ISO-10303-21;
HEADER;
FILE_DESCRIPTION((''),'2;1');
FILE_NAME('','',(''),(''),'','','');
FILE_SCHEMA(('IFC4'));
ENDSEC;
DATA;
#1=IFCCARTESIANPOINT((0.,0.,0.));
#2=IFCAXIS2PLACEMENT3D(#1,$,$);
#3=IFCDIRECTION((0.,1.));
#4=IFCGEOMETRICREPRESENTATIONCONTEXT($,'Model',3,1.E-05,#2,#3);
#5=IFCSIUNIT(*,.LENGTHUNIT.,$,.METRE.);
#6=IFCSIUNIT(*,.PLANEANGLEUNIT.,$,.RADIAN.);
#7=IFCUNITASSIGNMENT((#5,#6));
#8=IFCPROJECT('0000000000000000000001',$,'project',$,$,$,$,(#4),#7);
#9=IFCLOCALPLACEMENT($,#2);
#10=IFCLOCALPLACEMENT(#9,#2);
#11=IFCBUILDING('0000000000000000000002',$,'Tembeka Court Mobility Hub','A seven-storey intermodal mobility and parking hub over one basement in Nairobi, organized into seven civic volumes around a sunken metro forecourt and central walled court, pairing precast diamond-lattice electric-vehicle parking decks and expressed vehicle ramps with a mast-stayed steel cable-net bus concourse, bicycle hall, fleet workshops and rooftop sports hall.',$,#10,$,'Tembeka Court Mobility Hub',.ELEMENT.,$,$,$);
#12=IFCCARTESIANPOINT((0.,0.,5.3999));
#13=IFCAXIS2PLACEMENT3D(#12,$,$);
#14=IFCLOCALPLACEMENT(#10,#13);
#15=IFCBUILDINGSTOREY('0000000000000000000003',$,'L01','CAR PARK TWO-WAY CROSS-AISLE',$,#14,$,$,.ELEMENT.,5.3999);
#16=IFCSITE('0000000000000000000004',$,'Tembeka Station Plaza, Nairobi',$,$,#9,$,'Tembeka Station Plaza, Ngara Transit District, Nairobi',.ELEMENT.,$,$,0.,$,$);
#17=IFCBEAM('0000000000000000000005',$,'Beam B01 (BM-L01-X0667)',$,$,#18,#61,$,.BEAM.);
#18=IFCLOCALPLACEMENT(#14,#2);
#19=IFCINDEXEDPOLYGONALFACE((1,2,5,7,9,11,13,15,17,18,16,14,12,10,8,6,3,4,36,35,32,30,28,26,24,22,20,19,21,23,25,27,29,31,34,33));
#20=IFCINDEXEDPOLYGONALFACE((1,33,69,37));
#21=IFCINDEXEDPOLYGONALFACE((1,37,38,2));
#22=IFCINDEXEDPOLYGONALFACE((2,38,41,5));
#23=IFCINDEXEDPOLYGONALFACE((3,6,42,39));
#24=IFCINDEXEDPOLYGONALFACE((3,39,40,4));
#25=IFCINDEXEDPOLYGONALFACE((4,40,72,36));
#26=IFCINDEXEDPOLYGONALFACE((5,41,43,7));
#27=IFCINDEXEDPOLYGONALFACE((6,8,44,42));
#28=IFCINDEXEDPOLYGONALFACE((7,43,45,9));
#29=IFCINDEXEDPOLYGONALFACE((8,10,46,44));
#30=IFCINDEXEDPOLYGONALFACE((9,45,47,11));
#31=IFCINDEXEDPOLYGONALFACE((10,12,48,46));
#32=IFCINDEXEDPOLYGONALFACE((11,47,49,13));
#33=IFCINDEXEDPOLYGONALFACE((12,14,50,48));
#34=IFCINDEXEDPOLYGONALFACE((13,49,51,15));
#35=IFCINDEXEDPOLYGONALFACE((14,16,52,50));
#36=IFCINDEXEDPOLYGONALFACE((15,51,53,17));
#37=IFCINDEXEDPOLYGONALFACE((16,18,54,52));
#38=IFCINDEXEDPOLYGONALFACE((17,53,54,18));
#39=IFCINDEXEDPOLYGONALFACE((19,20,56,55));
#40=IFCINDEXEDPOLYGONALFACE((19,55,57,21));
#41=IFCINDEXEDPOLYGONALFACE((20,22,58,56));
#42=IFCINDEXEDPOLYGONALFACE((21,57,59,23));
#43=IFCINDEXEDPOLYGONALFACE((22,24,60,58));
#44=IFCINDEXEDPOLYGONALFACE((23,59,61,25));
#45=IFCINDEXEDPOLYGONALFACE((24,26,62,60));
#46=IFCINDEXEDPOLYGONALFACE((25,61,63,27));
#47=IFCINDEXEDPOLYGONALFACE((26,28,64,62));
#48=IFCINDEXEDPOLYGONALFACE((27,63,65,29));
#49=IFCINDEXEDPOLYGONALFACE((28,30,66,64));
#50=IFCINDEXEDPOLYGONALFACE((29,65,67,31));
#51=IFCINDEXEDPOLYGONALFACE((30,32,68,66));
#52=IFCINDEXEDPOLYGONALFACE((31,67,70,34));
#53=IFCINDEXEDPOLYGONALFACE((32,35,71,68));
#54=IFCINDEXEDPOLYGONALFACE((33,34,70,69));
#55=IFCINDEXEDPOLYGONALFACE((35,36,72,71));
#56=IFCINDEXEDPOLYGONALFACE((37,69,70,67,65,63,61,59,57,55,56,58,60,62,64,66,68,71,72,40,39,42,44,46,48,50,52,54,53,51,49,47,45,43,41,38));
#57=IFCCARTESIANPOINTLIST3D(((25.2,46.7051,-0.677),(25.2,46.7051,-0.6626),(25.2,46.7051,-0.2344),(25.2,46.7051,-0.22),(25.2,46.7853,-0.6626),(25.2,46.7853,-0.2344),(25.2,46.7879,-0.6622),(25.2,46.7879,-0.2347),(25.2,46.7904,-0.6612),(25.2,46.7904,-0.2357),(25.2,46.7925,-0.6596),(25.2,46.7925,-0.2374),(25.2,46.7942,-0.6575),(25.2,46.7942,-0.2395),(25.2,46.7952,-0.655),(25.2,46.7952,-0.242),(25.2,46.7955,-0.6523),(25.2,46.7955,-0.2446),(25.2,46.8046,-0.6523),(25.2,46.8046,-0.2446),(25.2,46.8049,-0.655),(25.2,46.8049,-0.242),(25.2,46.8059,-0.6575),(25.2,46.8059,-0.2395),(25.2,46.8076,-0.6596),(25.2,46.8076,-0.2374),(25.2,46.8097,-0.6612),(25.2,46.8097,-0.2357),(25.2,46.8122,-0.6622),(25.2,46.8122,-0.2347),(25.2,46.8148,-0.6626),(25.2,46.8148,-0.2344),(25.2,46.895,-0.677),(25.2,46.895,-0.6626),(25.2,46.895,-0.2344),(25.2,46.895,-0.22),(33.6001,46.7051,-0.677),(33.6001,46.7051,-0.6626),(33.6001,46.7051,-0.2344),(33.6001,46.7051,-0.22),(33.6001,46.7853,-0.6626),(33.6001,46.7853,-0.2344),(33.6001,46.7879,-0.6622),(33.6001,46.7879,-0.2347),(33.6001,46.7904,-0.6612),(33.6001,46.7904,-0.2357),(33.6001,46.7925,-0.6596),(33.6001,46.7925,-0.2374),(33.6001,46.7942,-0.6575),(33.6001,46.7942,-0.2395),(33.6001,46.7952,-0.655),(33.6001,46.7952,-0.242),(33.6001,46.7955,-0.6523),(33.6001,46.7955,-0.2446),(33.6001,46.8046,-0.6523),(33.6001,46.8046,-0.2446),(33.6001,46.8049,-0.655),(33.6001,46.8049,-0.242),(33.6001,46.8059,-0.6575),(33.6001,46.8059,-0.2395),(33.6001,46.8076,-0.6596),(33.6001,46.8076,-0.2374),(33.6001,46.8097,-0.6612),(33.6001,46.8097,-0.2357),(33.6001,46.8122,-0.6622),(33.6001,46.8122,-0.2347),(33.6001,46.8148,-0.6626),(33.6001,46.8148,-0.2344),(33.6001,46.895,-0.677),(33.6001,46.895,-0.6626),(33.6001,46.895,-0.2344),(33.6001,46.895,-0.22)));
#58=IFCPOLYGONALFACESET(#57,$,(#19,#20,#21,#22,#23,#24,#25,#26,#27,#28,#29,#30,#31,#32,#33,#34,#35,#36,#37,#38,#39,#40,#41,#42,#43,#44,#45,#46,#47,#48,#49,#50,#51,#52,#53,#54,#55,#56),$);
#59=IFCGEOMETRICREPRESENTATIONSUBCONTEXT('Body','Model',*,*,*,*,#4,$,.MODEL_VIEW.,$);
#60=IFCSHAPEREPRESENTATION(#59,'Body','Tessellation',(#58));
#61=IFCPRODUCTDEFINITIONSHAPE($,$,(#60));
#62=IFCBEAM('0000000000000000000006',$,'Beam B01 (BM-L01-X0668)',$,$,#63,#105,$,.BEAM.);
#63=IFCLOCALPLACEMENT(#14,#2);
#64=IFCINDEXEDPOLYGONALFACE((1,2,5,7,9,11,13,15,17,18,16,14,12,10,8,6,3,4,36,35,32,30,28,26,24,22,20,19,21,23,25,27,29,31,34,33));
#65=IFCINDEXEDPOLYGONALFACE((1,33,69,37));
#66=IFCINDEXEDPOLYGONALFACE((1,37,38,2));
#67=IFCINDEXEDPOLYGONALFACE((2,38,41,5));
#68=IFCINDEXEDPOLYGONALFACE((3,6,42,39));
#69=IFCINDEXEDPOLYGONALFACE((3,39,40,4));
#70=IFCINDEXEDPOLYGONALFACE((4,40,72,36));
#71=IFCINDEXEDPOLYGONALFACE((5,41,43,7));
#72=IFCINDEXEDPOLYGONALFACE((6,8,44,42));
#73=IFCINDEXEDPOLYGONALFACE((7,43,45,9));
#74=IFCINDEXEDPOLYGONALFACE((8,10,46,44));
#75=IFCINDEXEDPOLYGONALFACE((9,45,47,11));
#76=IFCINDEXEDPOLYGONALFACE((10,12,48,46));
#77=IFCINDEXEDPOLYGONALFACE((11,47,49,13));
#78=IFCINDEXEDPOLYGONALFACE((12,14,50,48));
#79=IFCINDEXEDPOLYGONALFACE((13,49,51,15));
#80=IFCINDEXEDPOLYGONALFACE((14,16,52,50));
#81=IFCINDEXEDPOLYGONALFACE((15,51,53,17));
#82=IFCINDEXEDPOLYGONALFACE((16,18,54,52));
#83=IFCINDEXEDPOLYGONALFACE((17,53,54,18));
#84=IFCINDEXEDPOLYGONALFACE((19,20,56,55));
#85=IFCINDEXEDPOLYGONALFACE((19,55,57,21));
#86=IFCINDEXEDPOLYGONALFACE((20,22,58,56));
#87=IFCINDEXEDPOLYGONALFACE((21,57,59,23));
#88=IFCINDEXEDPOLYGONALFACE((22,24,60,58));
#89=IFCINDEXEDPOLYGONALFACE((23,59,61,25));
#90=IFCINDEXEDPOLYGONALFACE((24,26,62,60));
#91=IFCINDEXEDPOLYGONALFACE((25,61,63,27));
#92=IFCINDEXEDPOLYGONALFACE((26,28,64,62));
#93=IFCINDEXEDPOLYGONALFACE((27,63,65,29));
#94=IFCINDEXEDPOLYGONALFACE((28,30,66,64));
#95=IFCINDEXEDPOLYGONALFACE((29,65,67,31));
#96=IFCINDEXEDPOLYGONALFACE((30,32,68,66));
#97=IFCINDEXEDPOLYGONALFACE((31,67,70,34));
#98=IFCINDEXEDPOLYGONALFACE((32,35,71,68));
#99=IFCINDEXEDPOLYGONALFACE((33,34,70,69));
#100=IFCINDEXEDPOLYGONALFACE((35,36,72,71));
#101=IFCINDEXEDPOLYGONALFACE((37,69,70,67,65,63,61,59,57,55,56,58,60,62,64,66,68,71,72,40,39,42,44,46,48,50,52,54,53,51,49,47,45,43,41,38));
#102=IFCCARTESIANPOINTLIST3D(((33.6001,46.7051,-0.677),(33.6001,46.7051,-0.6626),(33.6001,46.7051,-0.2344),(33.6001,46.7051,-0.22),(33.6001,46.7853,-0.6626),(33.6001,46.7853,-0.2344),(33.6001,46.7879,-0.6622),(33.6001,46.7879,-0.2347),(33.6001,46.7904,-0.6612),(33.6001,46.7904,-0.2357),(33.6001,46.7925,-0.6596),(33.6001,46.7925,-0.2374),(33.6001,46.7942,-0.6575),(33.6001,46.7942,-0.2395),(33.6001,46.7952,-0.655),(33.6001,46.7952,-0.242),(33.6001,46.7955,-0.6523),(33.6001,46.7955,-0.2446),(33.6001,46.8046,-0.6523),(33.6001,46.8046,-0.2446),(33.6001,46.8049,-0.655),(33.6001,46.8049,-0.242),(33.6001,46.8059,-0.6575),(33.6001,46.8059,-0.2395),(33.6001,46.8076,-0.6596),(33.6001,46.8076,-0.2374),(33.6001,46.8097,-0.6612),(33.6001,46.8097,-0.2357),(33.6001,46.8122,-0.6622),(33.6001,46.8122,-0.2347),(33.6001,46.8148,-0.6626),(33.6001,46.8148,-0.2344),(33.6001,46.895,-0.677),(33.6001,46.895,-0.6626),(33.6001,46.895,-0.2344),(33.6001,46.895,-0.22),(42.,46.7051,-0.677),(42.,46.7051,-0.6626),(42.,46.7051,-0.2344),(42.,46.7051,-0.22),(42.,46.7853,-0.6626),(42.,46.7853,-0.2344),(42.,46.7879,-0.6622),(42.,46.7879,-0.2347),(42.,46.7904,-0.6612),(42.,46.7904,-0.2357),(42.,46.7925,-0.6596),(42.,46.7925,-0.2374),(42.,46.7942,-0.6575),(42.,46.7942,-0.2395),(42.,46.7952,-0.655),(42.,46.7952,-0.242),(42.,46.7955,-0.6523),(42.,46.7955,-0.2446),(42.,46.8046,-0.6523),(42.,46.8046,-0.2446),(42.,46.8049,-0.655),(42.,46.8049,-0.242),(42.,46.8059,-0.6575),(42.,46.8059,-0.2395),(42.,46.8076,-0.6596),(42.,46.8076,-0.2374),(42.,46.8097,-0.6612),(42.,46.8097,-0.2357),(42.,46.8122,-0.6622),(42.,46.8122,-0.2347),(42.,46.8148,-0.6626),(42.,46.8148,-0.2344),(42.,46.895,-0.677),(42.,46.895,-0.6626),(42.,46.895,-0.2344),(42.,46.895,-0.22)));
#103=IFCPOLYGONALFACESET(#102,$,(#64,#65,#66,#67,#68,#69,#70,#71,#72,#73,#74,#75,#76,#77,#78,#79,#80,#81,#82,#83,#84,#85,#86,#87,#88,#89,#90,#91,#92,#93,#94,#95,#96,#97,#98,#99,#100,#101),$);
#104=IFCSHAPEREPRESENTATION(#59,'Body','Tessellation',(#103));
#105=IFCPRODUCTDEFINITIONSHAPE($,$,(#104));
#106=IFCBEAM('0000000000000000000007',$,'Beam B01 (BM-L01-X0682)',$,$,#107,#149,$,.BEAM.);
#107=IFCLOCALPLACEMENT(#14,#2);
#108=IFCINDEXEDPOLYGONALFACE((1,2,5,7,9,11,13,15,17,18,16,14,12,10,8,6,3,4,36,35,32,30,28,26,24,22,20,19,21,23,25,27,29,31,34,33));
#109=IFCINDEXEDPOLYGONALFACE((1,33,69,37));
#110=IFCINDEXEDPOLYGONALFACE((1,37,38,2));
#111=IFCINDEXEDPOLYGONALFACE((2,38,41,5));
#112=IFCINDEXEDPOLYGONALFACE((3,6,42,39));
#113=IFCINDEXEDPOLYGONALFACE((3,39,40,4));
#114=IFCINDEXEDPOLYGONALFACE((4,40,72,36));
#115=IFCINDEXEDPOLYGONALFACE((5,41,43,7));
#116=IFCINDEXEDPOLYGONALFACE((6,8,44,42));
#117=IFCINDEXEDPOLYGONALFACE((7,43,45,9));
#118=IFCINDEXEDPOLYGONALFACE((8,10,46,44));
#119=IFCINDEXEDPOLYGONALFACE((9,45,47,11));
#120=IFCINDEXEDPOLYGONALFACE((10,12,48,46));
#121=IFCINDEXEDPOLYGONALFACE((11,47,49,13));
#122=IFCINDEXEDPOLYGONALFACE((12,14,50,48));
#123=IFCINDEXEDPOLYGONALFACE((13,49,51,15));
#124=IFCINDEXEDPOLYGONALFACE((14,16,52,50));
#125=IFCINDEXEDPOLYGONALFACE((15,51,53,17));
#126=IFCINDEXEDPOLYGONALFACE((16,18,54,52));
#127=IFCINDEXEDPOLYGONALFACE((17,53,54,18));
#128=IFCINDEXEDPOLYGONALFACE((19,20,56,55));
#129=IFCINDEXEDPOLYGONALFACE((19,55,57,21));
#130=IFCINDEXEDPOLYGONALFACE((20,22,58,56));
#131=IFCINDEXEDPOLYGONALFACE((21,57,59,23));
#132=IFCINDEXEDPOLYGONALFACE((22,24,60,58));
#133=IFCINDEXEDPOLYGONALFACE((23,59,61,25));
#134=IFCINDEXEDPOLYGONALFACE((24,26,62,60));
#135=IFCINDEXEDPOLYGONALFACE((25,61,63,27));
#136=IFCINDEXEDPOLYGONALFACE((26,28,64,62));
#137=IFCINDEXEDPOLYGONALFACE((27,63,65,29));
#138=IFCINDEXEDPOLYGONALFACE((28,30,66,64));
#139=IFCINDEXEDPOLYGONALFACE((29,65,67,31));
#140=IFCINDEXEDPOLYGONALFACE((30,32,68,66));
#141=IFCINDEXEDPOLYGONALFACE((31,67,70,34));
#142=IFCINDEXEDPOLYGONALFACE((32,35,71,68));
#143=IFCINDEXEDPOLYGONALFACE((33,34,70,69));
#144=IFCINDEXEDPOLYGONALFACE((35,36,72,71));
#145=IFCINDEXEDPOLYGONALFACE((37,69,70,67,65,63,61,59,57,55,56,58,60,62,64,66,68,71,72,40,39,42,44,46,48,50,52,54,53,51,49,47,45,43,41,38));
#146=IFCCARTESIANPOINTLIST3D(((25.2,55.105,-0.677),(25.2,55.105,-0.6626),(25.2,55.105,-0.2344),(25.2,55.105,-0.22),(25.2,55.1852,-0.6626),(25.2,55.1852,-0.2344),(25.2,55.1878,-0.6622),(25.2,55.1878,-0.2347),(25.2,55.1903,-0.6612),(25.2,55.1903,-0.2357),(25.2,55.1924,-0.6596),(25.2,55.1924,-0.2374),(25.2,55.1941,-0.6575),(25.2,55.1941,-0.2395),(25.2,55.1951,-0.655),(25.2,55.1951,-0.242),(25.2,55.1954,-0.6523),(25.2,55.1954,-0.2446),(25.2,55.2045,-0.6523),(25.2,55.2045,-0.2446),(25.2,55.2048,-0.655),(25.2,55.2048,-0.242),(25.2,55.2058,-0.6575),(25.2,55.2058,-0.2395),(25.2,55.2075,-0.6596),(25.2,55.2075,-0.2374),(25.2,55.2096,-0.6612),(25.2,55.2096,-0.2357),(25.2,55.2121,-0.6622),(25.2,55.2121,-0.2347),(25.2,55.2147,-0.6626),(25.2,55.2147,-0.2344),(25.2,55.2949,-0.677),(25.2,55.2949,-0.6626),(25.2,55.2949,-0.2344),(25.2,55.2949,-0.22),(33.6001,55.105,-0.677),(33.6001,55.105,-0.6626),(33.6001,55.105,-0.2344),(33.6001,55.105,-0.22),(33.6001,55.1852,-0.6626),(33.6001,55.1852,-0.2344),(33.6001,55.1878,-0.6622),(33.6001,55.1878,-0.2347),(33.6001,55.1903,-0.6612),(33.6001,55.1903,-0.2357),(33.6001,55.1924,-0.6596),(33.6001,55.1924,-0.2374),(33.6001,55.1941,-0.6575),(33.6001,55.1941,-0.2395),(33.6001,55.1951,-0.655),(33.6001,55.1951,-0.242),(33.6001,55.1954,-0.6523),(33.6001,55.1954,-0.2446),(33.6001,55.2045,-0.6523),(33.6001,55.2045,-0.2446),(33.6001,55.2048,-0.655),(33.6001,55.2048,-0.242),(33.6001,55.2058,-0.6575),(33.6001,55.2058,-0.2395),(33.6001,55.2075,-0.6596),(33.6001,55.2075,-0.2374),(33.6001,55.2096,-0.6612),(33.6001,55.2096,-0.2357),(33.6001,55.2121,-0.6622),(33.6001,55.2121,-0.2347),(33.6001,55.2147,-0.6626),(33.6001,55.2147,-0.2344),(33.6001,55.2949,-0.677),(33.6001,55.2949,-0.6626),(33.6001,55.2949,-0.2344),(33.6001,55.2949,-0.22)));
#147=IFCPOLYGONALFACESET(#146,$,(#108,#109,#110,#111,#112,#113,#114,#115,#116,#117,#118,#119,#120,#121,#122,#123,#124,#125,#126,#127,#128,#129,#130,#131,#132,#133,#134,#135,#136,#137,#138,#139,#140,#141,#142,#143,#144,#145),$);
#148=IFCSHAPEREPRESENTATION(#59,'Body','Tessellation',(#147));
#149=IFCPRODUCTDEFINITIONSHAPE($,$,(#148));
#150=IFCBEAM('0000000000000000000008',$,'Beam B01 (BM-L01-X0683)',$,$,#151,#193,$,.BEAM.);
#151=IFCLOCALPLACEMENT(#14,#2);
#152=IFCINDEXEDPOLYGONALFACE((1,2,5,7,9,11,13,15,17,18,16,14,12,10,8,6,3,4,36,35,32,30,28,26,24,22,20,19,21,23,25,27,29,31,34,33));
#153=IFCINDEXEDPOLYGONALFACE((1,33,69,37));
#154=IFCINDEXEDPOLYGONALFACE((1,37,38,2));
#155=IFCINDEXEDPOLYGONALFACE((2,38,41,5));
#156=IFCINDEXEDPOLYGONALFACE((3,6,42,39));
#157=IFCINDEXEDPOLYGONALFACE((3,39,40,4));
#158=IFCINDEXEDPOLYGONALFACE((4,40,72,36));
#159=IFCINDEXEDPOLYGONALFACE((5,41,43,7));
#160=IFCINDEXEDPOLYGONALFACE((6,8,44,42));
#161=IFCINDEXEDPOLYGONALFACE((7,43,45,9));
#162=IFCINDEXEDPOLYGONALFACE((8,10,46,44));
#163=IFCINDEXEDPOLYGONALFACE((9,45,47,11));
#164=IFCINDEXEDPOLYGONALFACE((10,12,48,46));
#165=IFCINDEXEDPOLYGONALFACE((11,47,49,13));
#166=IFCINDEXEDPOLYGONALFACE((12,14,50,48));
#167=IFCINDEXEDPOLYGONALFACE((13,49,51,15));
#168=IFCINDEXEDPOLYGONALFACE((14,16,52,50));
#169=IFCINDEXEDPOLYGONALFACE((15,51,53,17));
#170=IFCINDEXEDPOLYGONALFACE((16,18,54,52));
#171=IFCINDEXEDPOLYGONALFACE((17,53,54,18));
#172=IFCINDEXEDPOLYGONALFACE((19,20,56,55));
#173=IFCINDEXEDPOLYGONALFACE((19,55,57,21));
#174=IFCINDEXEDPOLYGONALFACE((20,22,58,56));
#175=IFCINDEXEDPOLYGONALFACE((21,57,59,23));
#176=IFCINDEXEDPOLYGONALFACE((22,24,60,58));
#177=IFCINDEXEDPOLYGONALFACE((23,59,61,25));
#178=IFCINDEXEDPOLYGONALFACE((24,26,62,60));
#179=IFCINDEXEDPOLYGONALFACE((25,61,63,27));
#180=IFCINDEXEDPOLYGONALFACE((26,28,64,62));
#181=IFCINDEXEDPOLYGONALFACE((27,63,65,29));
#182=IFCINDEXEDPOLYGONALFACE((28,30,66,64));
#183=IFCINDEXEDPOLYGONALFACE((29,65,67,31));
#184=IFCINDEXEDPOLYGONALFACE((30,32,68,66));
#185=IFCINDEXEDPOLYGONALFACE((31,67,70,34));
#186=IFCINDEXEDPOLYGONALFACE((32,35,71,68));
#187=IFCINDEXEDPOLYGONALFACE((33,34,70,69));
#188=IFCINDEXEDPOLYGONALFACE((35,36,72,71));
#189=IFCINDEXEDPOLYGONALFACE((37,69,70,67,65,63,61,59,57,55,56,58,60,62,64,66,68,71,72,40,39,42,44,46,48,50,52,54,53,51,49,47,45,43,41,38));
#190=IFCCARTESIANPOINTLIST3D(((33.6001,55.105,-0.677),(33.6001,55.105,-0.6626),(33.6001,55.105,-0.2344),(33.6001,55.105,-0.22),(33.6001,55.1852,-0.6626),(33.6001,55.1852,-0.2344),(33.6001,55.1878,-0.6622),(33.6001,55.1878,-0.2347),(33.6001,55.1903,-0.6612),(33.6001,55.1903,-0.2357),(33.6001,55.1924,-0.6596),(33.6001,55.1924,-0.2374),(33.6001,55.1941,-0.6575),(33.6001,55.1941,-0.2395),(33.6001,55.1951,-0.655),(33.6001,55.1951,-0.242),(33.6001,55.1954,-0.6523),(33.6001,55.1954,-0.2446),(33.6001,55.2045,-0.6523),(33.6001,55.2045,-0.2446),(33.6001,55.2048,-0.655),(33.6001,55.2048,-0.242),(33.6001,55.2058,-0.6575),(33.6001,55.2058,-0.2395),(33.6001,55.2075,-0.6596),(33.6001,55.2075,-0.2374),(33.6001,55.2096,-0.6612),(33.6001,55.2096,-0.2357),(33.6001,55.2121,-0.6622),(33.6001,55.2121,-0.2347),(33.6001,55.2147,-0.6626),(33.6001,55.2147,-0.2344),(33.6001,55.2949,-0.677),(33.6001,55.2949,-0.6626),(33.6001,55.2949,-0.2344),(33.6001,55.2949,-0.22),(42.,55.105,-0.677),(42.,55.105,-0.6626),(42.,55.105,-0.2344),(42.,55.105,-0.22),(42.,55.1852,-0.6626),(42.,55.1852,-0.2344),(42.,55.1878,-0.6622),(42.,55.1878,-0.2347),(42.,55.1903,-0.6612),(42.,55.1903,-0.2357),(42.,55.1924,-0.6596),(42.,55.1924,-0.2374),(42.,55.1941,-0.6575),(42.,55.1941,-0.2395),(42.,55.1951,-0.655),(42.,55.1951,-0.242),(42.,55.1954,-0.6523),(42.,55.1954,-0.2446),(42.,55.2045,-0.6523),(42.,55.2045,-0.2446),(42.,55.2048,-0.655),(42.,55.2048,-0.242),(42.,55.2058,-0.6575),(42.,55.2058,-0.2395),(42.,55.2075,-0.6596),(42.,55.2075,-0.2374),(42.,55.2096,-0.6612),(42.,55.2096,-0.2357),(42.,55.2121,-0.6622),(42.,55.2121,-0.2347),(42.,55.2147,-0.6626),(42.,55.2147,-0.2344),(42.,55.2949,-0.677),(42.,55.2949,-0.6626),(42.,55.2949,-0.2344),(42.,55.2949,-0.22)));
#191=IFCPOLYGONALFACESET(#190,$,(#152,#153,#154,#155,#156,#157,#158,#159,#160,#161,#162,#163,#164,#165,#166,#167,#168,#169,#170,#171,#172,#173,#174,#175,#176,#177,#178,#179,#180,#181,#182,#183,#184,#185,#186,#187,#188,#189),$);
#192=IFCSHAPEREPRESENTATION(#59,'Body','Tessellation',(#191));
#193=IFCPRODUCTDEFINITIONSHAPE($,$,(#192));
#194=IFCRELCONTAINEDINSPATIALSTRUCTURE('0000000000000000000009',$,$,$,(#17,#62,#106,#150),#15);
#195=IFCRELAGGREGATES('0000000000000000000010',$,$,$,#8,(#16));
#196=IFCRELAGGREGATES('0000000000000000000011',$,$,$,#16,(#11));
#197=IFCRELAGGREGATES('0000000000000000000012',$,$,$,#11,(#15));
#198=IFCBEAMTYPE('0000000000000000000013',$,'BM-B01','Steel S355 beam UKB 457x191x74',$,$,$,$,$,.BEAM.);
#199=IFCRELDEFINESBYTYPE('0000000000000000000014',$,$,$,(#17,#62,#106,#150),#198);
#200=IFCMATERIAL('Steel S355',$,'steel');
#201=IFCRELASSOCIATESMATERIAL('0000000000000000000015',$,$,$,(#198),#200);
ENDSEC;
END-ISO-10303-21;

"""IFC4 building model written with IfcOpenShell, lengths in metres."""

from ifc_helpers import new_model, si_unit, direction, frame, origin, origin_2d, place, context, subcontext, project, spatial, i_section, extrude, material, material_profile, profile_set, type_object, element, save


model = new_model("IFC4")

# Units and contexts
model_context = context("Model", 3, precision=1e-05, world=origin(), true_north=direction((0.0, 1.0)))
body_context = subcontext(model_context, "Body", "Model", "MODEL_VIEW")
ifc_project = project(units=[si_unit("LENGTHUNIT", "METRE"), si_unit("PLANEANGLEUNIT", "RADIAN")], contexts=[model_context])

# Site, building, storey
site_placement = place(None, origin())
site = spatial("IfcSite", under=ifc_project, at=site_placement, Name="Tembeka Station Plaza, Nairobi", LongName="Tembeka Station Plaza, Ngara Transit District, Nairobi", CompositionType="ELEMENT", RefElevation=0.0)
building_placement = place(site_placement, origin())
building = spatial("IfcBuilding", under=site, at=building_placement, Name="Tembeka Court Mobility Hub", Description="A seven-storey intermodal mobility and parking hub over one basement in Nairobi, organized into seven civic volumes around a sunken metro forecourt and central walled court, pairing precast diamond-lattice electric-vehicle parking decks and expressed vehicle ramps with a mast-stayed steel cable-net bus concourse, bicycle hall, fleet workshops and rooftop sports hall.", LongName="Tembeka Court Mobility Hub", CompositionType="ELEMENT")
storey_placement = place(building_placement, frame((0.0, 0.0, 5.3999)))
storey = spatial("IfcBuildingStorey", under=building, at=storey_placement, Name="L01", Description="CAR PARK TWO-WAY CROSS-AISLE", CompositionType="ELEMENT", Elevation=5.3999)

# Shared definitions
ifc_material_1 = material(Name="Steel S355", Category="steel")

# Beams
ifc_material_profile_1 = material_profile(ifc_material_1, i_section(OverallWidth=0.1899, OverallDepth=0.457, WebThickness=0.009, FlangeThickness=0.0144, FilletRadius=0.0103, at=origin_2d()), Name="UKB 457x191x74")
ifc_profile_set_1 = profile_set([ifc_material_profile_1], Name="Steel S355")
beam_type_1 = type_object("IfcBeamType", Name="BM-B01", Description="Steel S355 beam UKB 457x191x74", PredefinedType="BEAM", material=ifc_profile_set_1)
beam_1_placement = place(storey_placement, frame((25.2, 46.8, -0.4485), z_axis=(1.0, 0.0, 0.0), x_axis=(0.0, 1.0, 0.0)))
element("IfcBeam", 1, at=beam_1_placement, inside=storey, type_object=beam_type_1, Name="Beam B01 (BM-L01-X0667)", PredefinedType="BEAM", context=body_context, shape_type="SweptSolid", body=[
    extrude(i_section(OverallWidth=0.1899, OverallDepth=0.457, WebThickness=0.009, FlangeThickness=0.0144, FilletRadius=0.0103, at=origin_2d()), origin(), (0.0, 0.0, 1.0), 8.4001),
])
beam_2_placement = place(storey_placement, frame((33.6001, 46.8, -0.4485), z_axis=(1.0, 0.0, 0.0), x_axis=(0.0, 1.0, 0.0)))
element("IfcBeam", 2, at=beam_2_placement, inside=storey, type_object=beam_type_1, Name="Beam B01 (BM-L01-X0668)", PredefinedType="BEAM", context=body_context, shape_type="SweptSolid", body=[
    extrude(i_section(OverallWidth=0.1899, OverallDepth=0.457, WebThickness=0.009, FlangeThickness=0.0144, FilletRadius=0.0103, at=origin_2d()), origin(), (0.0, 0.0, 1.0), 8.3999),
])
beam_3_placement = place(storey_placement, frame((25.2, 55.2, -0.4485), z_axis=(1.0, 0.0, 0.0), x_axis=(0.0, 1.0, 0.0)))
element("IfcBeam", 3, at=beam_3_placement, inside=storey, type_object=beam_type_1, Name="Beam B01 (BM-L01-X0682)", PredefinedType="BEAM", context=body_context, shape_type="SweptSolid", body=[
    extrude(i_section(OverallWidth=0.1899, OverallDepth=0.457, WebThickness=0.009, FlangeThickness=0.0144, FilletRadius=0.0103, at=origin_2d()), origin(), (0.0, 0.0, 1.0), 8.4001),
])
beam_4_placement = place(storey_placement, frame((33.6001, 55.2, -0.4485), z_axis=(1.0, 0.0, 0.0), x_axis=(0.0, 1.0, 0.0)))
element("IfcBeam", 4, at=beam_4_placement, inside=storey, type_object=beam_type_1, Name="Beam B01 (BM-L01-X0683)", PredefinedType="BEAM", context=body_context, shape_type="SweptSolid", body=[
    extrude(i_section(OverallWidth=0.1899, OverallDepth=0.457, WebThickness=0.009, FlangeThickness=0.0144, FilletRadius=0.0103, at=origin_2d()), origin(), (0.0, 0.0, 1.0), 8.3999),
])

save(model, "model.ifc")
